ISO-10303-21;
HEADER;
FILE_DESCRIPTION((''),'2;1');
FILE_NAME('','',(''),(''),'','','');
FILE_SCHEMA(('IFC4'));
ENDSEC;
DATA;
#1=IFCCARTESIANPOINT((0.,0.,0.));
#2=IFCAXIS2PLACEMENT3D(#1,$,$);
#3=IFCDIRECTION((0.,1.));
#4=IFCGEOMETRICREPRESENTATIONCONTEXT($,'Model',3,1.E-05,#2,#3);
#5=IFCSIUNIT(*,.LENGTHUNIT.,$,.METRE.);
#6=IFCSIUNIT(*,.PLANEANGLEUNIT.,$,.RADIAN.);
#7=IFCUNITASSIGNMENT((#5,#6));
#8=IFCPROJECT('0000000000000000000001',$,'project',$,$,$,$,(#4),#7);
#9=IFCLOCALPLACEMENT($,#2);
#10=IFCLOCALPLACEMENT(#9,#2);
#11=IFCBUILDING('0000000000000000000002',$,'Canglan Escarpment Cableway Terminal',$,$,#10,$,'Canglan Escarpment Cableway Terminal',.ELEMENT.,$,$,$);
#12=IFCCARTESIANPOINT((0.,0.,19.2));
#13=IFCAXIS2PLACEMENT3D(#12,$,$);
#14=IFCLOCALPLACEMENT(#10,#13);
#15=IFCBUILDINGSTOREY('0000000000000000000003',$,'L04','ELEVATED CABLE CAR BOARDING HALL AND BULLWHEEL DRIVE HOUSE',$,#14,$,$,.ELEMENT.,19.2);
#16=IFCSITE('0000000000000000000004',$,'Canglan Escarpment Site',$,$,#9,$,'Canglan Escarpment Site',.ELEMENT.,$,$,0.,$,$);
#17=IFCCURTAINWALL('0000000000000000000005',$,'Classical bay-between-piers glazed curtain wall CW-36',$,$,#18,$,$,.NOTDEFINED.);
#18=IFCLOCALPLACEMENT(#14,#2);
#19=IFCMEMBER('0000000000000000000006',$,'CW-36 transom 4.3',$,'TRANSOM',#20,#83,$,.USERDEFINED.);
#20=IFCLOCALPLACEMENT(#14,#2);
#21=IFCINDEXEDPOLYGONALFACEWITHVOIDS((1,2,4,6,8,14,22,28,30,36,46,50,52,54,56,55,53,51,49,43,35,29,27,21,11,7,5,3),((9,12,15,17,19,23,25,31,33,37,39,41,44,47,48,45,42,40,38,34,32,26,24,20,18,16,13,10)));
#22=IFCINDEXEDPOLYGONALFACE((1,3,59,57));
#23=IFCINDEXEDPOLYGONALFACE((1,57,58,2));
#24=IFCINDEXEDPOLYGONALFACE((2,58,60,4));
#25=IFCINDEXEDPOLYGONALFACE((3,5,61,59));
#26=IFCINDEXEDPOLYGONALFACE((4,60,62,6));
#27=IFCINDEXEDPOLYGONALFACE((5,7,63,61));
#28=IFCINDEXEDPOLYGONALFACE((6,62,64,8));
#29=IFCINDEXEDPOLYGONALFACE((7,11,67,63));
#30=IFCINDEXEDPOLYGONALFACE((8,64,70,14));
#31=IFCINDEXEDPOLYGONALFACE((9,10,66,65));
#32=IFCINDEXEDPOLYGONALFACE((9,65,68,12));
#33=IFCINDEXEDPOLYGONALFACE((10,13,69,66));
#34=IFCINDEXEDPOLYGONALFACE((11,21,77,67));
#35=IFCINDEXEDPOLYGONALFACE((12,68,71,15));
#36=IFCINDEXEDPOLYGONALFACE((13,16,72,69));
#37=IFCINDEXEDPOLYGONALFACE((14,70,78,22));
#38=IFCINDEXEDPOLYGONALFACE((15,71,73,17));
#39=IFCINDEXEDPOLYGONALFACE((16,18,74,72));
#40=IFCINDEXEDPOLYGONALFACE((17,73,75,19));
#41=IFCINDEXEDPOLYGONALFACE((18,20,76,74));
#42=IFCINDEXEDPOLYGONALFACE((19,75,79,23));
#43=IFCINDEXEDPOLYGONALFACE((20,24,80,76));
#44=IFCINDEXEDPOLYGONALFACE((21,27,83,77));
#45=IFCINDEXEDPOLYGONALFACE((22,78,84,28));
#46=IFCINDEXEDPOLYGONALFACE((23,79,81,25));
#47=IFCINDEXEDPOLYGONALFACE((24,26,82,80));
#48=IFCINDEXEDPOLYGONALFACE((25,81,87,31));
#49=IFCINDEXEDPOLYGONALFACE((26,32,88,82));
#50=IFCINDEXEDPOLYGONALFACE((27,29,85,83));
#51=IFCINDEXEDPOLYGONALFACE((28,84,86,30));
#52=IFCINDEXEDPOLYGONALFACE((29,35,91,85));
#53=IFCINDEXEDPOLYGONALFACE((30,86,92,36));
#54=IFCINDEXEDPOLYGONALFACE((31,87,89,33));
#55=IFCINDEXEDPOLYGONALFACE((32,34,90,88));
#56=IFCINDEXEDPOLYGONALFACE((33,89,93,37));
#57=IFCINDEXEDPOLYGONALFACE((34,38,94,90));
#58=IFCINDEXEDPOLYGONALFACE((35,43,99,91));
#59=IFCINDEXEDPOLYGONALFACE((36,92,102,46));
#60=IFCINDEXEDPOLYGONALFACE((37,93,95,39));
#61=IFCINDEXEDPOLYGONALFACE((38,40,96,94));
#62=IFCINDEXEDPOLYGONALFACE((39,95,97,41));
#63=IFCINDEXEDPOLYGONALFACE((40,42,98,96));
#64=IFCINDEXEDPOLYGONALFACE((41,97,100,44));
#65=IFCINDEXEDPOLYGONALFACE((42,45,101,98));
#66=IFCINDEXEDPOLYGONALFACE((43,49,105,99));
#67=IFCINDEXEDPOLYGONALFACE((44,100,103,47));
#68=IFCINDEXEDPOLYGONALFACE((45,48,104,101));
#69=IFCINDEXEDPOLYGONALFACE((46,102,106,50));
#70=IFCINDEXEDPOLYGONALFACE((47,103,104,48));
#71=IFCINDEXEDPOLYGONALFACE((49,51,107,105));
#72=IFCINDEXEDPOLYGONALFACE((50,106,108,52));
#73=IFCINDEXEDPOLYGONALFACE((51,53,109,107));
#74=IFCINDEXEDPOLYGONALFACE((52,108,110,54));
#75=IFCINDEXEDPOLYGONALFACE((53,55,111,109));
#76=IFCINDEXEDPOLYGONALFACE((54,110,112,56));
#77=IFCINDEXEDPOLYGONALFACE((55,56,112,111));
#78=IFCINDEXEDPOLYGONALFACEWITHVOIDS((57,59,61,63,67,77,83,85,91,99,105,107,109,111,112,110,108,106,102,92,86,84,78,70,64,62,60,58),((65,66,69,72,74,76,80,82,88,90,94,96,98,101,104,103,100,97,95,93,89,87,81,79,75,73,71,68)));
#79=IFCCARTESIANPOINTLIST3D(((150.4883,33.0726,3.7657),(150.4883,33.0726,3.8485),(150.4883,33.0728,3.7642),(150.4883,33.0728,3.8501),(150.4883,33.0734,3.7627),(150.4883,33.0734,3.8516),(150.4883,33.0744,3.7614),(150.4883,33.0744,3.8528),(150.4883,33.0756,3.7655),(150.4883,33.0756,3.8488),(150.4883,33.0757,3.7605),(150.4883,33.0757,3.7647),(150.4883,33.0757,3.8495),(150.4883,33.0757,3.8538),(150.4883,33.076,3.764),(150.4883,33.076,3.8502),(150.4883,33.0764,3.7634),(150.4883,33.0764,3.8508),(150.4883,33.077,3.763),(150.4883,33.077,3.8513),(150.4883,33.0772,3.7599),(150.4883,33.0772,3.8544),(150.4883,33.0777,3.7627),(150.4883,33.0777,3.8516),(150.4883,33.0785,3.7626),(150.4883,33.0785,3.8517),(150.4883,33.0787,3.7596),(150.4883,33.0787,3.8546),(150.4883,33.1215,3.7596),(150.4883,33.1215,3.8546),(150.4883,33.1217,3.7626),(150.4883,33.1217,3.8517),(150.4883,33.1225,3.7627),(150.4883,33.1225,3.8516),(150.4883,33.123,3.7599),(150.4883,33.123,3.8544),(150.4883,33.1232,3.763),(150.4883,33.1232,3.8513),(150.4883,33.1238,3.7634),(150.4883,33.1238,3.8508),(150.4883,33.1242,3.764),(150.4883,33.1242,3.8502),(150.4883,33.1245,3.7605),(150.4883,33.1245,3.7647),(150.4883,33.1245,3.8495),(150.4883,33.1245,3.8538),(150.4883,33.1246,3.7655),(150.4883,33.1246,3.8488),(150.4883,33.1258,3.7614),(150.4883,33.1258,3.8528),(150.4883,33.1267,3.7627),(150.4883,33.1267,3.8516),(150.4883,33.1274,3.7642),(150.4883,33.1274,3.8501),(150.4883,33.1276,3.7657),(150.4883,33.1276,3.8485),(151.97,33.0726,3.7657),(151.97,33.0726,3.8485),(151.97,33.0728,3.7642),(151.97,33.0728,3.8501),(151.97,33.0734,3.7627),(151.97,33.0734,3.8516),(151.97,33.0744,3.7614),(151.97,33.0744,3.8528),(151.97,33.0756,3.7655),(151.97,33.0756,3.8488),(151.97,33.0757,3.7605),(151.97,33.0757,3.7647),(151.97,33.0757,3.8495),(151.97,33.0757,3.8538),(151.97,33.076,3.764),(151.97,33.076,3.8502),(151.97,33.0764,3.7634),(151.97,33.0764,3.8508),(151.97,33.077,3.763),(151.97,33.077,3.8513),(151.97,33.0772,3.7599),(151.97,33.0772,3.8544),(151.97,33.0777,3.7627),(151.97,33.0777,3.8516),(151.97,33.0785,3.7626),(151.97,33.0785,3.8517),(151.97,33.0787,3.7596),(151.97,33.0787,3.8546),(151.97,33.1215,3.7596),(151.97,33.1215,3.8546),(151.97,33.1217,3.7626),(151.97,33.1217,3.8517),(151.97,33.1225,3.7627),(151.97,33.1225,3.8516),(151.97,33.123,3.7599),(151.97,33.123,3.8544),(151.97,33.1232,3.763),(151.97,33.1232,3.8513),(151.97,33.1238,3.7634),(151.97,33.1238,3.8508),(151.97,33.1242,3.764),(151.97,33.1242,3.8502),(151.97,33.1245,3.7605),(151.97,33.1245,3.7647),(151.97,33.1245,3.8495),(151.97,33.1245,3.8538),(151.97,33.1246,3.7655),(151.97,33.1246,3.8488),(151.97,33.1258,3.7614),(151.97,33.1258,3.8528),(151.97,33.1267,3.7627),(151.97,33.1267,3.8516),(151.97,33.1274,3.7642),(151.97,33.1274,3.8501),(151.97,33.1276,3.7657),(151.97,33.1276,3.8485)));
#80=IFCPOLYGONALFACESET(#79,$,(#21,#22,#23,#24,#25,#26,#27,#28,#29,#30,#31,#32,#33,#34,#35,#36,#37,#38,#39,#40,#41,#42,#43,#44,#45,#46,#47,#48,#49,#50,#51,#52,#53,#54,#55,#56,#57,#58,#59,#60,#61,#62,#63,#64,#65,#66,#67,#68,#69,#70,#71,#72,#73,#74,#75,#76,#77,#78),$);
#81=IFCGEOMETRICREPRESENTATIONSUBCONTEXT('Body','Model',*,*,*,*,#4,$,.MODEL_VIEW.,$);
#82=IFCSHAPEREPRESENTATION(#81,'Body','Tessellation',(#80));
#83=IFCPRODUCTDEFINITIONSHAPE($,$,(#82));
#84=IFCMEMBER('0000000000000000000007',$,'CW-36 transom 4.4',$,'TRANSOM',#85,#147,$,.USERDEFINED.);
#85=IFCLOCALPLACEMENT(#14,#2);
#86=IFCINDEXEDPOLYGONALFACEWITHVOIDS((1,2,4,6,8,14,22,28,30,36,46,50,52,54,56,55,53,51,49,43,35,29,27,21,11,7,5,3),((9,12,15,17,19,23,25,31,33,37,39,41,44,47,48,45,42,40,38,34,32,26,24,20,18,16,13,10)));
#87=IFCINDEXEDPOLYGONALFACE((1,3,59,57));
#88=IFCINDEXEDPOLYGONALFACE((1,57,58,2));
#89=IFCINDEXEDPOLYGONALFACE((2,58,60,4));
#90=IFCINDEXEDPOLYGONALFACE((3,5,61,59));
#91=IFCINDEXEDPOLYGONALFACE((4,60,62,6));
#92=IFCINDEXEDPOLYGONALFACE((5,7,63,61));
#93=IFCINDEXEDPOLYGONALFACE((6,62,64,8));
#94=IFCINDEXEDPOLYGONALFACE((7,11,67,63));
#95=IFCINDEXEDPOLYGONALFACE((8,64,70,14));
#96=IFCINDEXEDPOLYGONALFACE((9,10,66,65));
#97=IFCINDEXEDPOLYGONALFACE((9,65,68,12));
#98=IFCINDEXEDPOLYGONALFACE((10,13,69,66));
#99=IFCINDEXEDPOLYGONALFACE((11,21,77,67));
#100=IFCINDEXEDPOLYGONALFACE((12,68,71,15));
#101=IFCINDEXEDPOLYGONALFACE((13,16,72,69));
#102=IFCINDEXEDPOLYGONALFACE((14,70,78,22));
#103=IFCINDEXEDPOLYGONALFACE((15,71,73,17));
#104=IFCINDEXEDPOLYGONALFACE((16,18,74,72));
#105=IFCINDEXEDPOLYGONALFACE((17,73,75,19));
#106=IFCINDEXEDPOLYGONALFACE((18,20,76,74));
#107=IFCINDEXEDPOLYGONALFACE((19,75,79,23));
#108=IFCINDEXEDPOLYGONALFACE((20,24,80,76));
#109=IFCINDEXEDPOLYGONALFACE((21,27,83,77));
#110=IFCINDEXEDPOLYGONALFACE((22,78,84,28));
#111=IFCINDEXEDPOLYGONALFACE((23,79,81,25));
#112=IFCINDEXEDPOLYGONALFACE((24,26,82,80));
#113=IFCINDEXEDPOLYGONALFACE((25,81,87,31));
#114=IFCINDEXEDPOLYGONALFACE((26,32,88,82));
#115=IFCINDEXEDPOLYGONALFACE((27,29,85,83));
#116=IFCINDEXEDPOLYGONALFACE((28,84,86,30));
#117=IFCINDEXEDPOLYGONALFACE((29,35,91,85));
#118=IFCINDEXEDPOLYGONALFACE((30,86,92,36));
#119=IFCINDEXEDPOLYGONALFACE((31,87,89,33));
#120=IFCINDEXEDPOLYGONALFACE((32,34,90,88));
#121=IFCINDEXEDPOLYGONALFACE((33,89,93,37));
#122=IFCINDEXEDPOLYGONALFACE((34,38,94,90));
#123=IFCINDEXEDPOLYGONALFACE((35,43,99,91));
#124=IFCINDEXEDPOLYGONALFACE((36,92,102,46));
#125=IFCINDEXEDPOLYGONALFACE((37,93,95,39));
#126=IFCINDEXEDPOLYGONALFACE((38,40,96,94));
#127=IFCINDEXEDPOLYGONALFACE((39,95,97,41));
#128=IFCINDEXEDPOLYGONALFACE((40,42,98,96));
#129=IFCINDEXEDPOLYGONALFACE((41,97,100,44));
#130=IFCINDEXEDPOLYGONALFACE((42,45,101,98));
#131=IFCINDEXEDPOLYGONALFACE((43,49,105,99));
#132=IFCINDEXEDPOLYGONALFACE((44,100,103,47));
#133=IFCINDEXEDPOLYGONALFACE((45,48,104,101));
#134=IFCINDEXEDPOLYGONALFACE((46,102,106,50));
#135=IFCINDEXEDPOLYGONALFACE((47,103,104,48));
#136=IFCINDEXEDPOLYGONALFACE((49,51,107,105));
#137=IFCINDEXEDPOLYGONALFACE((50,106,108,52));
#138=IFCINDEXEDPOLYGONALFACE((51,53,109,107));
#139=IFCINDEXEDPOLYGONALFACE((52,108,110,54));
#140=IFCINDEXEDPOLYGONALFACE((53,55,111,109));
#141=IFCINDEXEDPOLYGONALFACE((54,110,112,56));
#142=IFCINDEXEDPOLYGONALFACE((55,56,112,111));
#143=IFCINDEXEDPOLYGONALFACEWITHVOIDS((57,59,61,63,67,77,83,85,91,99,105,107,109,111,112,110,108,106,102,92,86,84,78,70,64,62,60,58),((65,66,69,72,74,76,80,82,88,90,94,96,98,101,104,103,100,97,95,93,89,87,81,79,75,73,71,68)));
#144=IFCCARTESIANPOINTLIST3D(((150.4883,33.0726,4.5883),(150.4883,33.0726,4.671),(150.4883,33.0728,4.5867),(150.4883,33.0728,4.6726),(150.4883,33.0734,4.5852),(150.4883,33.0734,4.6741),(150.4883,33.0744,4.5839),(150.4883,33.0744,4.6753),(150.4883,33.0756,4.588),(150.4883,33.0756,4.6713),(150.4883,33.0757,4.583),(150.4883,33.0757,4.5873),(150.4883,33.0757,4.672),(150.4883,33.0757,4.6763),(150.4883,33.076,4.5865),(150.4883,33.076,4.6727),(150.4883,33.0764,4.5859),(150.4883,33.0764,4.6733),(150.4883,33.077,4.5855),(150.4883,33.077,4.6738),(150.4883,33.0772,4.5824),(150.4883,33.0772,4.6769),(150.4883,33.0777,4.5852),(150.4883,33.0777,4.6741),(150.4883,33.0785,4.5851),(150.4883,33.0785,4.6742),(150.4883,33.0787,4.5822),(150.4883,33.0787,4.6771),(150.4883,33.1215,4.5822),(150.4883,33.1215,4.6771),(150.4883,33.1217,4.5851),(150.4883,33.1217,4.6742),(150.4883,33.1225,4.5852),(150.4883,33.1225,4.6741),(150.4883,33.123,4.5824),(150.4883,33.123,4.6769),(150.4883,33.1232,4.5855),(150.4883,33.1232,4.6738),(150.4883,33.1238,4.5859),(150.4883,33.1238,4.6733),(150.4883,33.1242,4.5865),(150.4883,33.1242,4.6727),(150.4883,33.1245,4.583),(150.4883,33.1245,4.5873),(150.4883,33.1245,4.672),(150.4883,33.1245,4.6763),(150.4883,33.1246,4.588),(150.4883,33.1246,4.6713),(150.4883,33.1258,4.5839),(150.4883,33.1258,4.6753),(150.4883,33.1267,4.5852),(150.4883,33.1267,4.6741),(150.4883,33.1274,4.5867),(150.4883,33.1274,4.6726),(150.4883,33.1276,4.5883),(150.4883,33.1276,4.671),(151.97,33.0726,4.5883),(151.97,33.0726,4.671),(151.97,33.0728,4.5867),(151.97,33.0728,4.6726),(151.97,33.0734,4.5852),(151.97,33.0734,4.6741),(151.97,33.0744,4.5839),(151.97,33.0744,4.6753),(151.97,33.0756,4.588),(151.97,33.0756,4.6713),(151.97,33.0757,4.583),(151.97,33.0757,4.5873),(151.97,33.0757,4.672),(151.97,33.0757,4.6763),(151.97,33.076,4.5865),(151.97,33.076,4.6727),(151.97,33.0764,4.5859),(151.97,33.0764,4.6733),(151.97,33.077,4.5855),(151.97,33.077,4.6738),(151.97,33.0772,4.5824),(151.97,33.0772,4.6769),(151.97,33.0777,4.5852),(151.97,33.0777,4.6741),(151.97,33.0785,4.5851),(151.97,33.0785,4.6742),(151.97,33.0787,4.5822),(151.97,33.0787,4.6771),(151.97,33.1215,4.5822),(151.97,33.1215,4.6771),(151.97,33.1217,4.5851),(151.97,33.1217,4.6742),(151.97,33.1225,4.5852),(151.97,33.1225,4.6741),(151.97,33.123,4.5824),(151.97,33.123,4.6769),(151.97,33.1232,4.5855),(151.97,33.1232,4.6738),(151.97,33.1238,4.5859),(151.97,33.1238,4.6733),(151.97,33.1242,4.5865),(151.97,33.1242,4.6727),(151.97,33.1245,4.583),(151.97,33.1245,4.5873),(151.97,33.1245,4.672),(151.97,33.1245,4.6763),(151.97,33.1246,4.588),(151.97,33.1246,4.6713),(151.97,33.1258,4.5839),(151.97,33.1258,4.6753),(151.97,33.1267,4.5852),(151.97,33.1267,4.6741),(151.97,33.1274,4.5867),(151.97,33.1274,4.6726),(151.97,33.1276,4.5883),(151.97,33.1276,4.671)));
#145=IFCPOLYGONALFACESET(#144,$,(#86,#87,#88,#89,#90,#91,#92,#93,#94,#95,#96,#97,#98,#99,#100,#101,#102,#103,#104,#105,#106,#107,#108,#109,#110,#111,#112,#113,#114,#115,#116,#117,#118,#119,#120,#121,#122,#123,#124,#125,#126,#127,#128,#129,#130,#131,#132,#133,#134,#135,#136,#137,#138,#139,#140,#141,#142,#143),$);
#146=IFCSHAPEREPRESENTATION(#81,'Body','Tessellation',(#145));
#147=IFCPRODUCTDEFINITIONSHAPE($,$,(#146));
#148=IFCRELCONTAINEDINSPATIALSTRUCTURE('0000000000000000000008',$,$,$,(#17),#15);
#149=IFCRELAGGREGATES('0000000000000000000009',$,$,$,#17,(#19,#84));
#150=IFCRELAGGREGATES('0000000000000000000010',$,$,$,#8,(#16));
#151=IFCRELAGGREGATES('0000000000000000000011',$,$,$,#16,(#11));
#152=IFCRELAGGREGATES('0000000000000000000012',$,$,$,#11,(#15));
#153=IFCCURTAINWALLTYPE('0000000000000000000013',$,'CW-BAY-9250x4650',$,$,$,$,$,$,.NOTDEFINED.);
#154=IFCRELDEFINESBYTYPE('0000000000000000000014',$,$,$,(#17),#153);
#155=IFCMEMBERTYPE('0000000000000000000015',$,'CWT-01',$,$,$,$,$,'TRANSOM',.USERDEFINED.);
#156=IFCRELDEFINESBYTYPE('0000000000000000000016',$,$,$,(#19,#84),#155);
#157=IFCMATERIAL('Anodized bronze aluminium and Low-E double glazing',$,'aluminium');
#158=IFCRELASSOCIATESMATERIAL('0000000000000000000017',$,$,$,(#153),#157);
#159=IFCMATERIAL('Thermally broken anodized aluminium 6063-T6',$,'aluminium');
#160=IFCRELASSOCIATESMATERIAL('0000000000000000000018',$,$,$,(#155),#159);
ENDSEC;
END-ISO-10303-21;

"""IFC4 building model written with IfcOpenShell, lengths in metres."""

from ifc_helpers import new_model, si_unit, direction, frame, origin, origin_2d, place, context, subcontext, project, spatial, hollow_rectangle, extrude, material, material_profile, profile_set, type_object, element, aggregate, save


model = new_model("IFC4")

# Units and contexts
model_context = context("Model", 3, precision=1e-05, world=origin(), true_north=direction((0.0, 1.0)))
body_context = subcontext(model_context, "Body", "Model", "MODEL_VIEW")
ifc_project = project(units=[si_unit("LENGTHUNIT", "METRE"), si_unit("PLANEANGLEUNIT", "RADIAN")], contexts=[model_context])

# Site, building, storey
site_placement = place(None, origin())
site = spatial("IfcSite", under=ifc_project, at=site_placement, Name="Canglan Escarpment Site", LongName="Canglan Escarpment Site", CompositionType="ELEMENT", RefElevation=0.0)
building_placement = place(site_placement, origin())
building = spatial("IfcBuilding", under=site, at=building_placement, Name="Canglan Escarpment Cableway Terminal", LongName="Canglan Escarpment Cableway Terminal", CompositionType="ELEMENT")
storey_placement = place(building_placement, frame((0.0, 0.0, 19.2)))
storey = spatial("IfcBuildingStorey", under=building, at=storey_placement, Name="L04", Description="ELEVATED CABLE CAR BOARDING HALL AND BULLWHEEL DRIVE HOUSE", CompositionType="ELEMENT", Elevation=19.2)

# Curtain wall, members
ifc_material_1 = material(Name="Anodized bronze aluminium and Low-E double glazing", Category="aluminium")
curtain_wall_type = type_object("IfcCurtainWallType", Name="CW-BAY-9250x4650", PredefinedType="NOTDEFINED", material=ifc_material_1)
curtain_wall_placement = place(storey_placement, origin())
curtain_wall = element("IfcCurtainWall", 1, at=curtain_wall_placement, inside=storey, type_object=curtain_wall_type, Name="Classical bay-between-piers glazed curtain wall CW-36", PredefinedType="NOTDEFINED")
ifc_material_2 = material(Name="Thermally broken anodized aluminium 6063-T6", Category="aluminium")
ifc_material_profile_1 = material_profile(ifc_material_2, hollow_rectangle(XDim=0.0549, YDim=0.095, WallThickness=0.0029, InnerFilletRadius=0.0029, OuterFilletRadius=0.0061, at=origin_2d()), Name="ALU-TRAN 55x95x3")
ifc_profile_set_1 = profile_set([ifc_material_profile_1], Name="Thermally broken anodized aluminium 6063-T6")
member_type_1 = type_object("IfcMemberType", Name="CWT-01", ElementType="TRANSOM", PredefinedType="USERDEFINED", material=ifc_profile_set_1)
member_1_placement = place(storey_placement, frame((151.97, 33.1001, 3.8071), z_axis=(-1.0, 0.0, 0.0), x_axis=(0.0, -1.0, 0.0)))
member_1 = element("IfcMember", 2, at=member_1_placement, type_object=member_type_1, Name="CW-36 transom 4.3", ObjectType="TRANSOM", PredefinedType="USERDEFINED", context=body_context, shape_type="SweptSolid", body=[
    extrude(hollow_rectangle(XDim=0.0549, YDim=0.095, WallThickness=0.0029, InnerFilletRadius=0.0029, OuterFilletRadius=0.0061, at=origin_2d()), origin(), (0.0, 0.0, 1.0), 1.4817),
])
member_2_placement = place(storey_placement, frame((151.97, 33.1001, 4.6296), z_axis=(-1.0, 0.0, 0.0), x_axis=(0.0, -1.0, 0.0)))
member_2 = element("IfcMember", 3, at=member_2_placement, type_object=member_type_1, Name="CW-36 transom 4.4", ObjectType="TRANSOM", PredefinedType="USERDEFINED", context=body_context, shape_type="SweptSolid", body=[
    extrude(hollow_rectangle(XDim=0.0549, YDim=0.095, WallThickness=0.0029, InnerFilletRadius=0.0029, OuterFilletRadius=0.0061, at=origin_2d()), origin(), (0.0, 0.0, 1.0), 1.4817),
])

aggregate(curtain_wall, [member_1, member_2])

save(model, "model.ifc")
